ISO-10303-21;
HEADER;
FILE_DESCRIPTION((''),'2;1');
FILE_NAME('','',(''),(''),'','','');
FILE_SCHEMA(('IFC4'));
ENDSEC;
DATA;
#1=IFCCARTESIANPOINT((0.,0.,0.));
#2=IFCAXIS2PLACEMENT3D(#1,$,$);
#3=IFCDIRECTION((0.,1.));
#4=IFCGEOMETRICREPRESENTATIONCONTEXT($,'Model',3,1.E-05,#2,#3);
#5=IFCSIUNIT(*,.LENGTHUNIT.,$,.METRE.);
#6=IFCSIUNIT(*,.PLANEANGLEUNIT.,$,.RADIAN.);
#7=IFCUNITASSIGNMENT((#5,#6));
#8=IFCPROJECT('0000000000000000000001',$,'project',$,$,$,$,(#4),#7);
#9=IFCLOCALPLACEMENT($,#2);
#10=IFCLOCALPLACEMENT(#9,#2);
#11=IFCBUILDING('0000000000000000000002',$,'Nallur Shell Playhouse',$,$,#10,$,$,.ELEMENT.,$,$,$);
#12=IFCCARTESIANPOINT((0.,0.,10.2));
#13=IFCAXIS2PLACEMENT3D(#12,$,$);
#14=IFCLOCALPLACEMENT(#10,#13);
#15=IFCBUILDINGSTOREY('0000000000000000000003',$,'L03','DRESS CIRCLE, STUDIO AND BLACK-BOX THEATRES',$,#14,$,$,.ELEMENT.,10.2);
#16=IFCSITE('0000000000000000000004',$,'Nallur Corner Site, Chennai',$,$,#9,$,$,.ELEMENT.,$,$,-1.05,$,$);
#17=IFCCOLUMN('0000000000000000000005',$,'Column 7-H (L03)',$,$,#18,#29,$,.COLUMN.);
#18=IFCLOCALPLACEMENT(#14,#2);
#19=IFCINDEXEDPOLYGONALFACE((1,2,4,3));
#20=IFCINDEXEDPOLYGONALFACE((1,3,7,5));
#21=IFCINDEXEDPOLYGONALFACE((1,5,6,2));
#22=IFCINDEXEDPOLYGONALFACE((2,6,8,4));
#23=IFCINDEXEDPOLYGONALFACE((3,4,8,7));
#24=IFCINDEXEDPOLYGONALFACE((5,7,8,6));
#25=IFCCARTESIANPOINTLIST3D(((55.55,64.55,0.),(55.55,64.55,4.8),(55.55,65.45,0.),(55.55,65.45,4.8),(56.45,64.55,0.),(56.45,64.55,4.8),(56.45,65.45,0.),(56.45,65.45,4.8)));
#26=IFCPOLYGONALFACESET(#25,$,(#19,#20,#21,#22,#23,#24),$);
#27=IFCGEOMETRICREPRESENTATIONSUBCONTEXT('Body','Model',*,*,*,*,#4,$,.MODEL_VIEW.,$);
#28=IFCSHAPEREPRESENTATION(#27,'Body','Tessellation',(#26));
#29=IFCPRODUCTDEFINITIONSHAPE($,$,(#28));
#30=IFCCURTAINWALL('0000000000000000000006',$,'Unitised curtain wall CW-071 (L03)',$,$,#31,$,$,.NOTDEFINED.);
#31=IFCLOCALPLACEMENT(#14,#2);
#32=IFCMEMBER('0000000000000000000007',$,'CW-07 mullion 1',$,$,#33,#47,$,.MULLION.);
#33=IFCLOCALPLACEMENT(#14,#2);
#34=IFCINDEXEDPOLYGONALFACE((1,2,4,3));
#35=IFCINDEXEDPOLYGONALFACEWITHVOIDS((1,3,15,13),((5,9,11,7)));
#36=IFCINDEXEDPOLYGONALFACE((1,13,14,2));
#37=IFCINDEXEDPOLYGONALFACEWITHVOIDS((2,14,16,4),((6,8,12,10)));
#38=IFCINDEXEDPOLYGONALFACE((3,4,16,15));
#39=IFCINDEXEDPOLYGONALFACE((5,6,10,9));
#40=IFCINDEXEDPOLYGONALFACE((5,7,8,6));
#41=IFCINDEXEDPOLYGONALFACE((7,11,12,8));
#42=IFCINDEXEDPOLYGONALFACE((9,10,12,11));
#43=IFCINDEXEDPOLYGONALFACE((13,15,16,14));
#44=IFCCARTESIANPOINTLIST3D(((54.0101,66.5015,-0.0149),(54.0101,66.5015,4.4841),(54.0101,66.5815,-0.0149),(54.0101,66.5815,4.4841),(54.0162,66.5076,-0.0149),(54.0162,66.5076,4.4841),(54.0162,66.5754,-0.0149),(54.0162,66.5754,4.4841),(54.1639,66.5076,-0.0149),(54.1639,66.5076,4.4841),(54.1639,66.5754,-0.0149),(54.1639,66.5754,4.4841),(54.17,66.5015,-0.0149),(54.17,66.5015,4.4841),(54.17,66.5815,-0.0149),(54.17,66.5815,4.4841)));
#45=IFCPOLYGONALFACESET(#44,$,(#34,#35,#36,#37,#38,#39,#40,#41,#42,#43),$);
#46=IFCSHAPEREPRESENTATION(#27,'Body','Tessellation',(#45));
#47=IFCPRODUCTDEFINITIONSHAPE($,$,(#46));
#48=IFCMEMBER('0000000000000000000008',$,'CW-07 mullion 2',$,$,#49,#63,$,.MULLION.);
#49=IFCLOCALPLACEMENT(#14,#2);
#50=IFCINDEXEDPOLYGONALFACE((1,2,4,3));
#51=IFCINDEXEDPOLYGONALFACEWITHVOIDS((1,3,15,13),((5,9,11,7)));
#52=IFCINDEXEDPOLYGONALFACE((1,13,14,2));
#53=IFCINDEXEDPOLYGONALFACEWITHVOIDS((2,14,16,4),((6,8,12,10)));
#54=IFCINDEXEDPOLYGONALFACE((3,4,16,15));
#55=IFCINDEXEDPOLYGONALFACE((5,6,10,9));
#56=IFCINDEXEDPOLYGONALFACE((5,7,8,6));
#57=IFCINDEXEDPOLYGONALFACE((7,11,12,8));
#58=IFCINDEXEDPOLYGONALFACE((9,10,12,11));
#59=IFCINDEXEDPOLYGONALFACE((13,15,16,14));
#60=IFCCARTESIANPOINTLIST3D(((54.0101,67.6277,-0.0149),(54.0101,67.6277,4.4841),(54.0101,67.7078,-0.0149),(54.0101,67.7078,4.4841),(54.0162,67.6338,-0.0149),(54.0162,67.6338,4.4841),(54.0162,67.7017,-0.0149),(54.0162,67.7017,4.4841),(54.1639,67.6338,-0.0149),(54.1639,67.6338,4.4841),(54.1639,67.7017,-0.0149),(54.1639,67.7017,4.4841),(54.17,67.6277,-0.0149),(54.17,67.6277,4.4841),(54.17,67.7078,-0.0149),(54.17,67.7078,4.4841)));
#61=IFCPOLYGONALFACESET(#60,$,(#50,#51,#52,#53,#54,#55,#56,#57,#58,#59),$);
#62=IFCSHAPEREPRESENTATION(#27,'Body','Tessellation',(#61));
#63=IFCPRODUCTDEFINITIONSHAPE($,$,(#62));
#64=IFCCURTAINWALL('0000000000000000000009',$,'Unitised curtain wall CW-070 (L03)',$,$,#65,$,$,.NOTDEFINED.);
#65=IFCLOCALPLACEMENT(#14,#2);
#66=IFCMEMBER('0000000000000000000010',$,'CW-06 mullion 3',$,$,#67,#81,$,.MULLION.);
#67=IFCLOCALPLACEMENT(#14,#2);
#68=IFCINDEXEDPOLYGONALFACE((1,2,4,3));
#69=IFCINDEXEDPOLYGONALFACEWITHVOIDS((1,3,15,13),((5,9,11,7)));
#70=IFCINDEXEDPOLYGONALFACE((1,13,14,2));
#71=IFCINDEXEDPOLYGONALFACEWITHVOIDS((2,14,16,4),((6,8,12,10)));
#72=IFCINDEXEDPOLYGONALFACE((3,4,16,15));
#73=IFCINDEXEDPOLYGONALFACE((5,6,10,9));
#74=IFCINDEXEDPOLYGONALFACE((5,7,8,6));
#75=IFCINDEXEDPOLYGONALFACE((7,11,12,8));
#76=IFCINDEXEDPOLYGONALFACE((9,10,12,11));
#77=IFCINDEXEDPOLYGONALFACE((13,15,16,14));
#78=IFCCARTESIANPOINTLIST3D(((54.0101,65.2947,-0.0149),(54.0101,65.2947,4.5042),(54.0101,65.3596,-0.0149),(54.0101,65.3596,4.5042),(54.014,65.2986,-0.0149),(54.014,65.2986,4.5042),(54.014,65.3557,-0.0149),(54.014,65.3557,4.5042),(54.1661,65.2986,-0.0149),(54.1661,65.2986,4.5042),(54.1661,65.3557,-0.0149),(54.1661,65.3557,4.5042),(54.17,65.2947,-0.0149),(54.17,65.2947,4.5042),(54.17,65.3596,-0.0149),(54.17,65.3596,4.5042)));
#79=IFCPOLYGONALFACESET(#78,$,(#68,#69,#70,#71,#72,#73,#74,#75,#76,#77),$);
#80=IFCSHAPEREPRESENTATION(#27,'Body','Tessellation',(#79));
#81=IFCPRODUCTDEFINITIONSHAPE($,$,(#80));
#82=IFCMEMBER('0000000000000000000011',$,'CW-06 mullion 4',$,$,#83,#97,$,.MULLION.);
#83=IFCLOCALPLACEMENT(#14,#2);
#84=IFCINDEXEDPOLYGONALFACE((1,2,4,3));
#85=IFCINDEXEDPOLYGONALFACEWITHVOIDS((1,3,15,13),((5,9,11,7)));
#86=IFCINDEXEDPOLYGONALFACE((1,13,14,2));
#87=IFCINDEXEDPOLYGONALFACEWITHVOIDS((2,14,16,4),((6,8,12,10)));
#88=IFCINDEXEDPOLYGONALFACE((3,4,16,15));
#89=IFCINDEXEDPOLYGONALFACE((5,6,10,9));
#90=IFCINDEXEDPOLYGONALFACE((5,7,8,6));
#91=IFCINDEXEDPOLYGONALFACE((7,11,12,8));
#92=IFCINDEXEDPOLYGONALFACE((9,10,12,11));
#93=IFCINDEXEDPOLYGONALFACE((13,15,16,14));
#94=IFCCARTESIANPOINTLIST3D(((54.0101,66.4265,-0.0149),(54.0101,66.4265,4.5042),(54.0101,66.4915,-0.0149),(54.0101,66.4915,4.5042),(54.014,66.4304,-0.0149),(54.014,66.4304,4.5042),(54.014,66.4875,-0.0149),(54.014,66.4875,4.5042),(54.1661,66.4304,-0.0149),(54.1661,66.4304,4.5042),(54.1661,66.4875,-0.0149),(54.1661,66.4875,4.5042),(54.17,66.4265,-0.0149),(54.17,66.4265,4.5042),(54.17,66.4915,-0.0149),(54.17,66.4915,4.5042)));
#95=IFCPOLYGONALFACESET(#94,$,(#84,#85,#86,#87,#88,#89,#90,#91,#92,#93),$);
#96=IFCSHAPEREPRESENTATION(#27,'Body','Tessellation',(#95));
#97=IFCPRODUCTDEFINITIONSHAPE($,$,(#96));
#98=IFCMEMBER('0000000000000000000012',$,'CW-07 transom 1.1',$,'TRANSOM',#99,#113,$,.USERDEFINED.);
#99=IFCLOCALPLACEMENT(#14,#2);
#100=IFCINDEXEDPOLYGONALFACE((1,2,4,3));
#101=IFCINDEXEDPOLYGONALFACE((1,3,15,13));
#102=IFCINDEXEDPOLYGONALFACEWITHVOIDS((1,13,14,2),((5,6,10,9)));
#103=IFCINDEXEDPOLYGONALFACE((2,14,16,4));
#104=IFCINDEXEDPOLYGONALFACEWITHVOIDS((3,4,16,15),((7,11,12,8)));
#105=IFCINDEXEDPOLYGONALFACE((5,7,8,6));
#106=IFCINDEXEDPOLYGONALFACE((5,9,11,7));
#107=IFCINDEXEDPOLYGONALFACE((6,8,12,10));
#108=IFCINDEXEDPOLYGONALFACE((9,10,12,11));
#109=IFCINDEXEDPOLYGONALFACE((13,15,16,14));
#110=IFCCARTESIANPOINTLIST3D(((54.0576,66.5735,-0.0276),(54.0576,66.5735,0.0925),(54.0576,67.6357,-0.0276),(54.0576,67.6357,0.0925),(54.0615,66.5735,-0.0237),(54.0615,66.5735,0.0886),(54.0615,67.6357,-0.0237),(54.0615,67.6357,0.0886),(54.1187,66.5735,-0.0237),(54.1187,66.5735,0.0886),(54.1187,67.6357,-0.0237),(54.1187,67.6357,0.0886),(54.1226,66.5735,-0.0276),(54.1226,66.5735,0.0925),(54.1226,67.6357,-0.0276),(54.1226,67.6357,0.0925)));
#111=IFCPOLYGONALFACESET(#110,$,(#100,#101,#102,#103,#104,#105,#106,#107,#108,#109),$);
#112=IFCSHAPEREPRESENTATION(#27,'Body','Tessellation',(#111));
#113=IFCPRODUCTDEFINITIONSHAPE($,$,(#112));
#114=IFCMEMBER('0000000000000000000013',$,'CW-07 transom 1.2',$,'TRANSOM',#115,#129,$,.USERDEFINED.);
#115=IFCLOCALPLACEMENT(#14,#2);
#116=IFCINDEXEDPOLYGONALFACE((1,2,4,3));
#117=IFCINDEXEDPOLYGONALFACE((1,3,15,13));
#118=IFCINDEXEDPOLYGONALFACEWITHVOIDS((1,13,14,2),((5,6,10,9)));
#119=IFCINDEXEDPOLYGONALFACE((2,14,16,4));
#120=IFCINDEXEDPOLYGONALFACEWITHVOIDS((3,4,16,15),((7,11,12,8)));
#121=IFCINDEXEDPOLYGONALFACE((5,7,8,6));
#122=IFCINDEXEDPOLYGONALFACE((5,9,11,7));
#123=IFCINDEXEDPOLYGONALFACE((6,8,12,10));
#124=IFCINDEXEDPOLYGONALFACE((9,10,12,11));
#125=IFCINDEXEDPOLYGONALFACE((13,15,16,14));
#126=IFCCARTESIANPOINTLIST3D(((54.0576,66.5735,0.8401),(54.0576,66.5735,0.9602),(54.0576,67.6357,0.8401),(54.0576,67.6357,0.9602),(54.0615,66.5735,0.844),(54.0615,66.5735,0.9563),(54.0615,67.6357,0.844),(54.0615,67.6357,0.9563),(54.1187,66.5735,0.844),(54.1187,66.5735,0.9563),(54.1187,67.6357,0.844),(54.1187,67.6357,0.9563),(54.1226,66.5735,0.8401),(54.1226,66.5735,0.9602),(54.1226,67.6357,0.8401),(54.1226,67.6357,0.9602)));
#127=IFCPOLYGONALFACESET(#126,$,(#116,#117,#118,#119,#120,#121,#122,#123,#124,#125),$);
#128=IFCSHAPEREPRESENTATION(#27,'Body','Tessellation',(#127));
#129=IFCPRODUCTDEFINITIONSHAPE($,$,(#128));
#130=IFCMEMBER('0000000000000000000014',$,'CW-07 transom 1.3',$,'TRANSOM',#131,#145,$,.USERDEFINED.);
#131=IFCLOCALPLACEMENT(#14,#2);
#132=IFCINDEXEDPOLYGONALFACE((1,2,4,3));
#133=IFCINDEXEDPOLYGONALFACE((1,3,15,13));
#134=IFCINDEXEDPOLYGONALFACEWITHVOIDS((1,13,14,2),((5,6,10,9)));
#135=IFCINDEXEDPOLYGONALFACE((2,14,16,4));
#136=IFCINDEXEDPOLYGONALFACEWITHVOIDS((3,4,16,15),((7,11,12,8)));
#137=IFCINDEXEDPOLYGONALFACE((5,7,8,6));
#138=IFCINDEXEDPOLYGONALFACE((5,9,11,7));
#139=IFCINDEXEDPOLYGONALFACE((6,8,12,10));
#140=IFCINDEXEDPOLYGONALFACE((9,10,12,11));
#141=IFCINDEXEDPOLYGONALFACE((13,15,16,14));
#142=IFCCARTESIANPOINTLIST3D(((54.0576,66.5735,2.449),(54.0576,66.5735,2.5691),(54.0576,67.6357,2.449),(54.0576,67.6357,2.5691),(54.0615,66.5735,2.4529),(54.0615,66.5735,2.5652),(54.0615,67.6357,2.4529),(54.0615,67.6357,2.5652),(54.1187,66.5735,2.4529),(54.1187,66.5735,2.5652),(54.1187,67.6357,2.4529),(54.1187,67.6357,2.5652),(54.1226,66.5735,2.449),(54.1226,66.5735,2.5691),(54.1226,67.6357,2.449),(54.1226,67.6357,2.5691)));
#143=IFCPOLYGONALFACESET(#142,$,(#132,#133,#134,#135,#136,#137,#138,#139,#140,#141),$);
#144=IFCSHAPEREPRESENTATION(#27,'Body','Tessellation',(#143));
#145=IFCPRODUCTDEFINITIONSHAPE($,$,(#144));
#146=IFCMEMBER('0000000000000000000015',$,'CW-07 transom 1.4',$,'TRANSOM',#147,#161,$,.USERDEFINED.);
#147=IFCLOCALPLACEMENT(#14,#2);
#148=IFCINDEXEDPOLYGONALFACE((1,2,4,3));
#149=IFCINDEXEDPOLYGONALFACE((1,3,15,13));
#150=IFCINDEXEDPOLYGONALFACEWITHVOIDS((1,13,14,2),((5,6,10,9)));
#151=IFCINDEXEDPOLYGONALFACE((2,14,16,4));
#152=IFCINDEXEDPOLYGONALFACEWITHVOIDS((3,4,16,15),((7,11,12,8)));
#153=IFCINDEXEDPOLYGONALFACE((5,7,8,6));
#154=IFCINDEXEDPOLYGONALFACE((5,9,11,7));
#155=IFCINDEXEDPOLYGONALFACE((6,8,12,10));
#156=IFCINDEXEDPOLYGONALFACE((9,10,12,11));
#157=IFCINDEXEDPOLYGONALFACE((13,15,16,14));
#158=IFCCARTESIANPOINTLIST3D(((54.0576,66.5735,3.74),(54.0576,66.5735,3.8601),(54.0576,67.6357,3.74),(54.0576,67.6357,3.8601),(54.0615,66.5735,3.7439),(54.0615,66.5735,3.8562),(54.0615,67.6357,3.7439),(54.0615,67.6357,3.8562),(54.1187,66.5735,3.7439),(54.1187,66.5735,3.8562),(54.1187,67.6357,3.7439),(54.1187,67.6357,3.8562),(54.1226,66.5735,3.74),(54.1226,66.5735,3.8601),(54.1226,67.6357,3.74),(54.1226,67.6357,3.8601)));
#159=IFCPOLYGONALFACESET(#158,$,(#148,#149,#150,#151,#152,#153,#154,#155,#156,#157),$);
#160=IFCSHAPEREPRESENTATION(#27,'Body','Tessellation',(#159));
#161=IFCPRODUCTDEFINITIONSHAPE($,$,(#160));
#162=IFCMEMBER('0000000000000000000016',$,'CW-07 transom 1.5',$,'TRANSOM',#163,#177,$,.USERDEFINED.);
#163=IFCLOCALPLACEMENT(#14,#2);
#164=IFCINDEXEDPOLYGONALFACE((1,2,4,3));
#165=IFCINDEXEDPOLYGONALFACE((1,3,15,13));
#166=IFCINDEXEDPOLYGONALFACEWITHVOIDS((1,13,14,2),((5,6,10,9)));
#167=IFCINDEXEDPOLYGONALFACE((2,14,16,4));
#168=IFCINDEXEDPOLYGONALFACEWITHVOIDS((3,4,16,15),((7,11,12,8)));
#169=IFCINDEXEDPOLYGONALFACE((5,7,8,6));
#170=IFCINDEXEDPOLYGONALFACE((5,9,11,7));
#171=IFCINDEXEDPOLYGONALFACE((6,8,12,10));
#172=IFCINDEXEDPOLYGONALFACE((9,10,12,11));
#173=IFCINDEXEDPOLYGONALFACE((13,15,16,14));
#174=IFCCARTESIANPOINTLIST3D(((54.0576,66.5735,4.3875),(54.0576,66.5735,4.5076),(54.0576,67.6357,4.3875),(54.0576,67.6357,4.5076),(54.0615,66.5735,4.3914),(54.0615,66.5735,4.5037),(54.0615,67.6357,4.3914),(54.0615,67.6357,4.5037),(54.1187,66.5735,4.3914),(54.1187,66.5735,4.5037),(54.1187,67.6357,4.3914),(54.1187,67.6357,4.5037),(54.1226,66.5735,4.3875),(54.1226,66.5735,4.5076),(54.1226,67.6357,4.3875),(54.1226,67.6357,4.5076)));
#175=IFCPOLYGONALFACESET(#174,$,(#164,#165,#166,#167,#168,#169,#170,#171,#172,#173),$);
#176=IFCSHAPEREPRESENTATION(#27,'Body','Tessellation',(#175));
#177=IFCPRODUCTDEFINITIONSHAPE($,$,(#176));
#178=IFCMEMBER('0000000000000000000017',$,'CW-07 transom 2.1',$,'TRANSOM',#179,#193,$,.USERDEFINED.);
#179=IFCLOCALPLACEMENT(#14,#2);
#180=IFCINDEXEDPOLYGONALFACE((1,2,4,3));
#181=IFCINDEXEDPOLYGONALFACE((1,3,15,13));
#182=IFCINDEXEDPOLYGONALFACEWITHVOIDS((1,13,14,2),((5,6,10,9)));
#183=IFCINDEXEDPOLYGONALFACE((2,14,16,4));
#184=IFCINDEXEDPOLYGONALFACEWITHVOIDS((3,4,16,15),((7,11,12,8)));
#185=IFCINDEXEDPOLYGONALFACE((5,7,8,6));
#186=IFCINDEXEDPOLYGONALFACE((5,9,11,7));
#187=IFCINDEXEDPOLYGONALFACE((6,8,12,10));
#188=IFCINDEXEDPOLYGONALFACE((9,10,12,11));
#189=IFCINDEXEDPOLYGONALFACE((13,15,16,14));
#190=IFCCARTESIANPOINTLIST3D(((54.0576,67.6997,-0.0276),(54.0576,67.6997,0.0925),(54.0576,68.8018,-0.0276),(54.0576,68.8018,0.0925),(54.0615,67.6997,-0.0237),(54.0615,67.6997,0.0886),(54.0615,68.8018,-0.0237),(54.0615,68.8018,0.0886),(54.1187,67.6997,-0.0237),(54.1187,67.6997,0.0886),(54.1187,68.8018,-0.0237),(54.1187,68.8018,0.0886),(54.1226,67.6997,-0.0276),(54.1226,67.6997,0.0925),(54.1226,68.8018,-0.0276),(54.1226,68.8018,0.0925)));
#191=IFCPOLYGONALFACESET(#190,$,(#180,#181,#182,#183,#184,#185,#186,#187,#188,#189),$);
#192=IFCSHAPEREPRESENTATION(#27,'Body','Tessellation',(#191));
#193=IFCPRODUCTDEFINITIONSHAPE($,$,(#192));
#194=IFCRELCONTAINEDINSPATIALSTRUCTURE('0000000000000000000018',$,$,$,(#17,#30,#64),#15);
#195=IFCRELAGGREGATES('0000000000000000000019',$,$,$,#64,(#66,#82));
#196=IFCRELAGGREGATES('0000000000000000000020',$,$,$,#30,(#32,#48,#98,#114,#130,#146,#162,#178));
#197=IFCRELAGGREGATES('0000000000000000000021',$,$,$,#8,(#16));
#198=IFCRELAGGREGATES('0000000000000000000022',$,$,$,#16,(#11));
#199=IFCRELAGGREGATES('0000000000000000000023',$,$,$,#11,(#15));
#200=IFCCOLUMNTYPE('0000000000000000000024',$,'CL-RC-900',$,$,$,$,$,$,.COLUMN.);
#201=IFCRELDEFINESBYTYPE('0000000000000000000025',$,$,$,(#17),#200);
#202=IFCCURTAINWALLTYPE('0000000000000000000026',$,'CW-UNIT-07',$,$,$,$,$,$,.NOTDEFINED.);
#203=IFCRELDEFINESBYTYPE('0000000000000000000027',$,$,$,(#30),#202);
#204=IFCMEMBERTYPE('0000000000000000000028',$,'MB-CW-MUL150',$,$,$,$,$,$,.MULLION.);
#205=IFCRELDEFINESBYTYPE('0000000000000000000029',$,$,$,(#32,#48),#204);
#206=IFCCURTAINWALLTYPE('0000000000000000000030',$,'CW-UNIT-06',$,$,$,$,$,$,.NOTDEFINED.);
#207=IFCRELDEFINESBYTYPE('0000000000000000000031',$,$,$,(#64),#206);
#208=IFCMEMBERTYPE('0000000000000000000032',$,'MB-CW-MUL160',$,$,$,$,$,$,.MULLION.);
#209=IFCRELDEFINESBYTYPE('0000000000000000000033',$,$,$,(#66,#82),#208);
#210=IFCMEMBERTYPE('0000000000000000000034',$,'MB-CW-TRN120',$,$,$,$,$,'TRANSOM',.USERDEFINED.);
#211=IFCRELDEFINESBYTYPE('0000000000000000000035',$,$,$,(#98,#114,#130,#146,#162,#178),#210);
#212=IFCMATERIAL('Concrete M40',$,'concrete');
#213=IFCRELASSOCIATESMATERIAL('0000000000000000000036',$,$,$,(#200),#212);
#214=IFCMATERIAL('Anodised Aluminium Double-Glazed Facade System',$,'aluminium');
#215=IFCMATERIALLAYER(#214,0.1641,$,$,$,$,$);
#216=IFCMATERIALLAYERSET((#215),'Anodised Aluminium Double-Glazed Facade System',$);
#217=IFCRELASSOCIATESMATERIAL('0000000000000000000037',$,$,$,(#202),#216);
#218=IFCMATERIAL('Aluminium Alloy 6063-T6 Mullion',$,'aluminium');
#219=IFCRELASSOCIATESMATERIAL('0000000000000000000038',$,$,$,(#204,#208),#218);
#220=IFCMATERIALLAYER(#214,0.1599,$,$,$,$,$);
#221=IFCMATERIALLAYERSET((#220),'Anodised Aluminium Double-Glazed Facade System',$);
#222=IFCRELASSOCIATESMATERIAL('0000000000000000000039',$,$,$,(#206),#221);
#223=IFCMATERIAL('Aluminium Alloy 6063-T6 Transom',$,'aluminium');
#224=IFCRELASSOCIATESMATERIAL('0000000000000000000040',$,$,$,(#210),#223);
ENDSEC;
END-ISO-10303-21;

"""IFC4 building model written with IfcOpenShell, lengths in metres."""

from ifc_helpers import new_model, si_unit, direction, frame, origin, origin_2d, place, context, subcontext, project, spatial, rectangle, hollow_rectangle, extrude, material, layer, layer_set, material_profile, profile_set, type_object, element, aggregate, save


model = new_model("IFC4")

# Units and contexts
model_context = context("Model", 3, precision=1e-05, world=origin(), true_north=direction((0.0, 1.0)))
body_context = subcontext(model_context, "Body", "Model", "MODEL_VIEW")
ifc_project = project(units=[si_unit("LENGTHUNIT", "METRE"), si_unit("PLANEANGLEUNIT", "RADIAN")], contexts=[model_context])

# Site, building, storey
site_placement = place(None, origin())
site = spatial("IfcSite", under=ifc_project, at=site_placement, Name="Nallur Corner Site, Chennai", CompositionType="ELEMENT", RefElevation=-1.05)
building_placement = place(site_placement, origin())
building = spatial("IfcBuilding", under=site, at=building_placement, Name="Nallur Shell Playhouse", CompositionType="ELEMENT")
storey_placement = place(building_placement, frame((0.0, 0.0, 10.2)))
storey = spatial("IfcBuildingStorey", under=building, at=storey_placement, Name="L03", Description="DRESS CIRCLE, STUDIO AND BLACK-BOX THEATRES", CompositionType="ELEMENT", Elevation=10.2)

# Column
ifc_material_1 = material(Name="Concrete M40", Category="concrete")
ifc_material_profile_1 = material_profile(ifc_material_1, rectangle(XDim=0.8999, YDim=0.8999, at=origin_2d()), Name="RC 900x900")
ifc_profile_set_1 = profile_set([ifc_material_profile_1], Name="Concrete M40")
column_type = type_object("IfcColumnType", Name="CL-RC-900", PredefinedType="COLUMN", material=ifc_profile_set_1)
column_placement = place(storey_placement, frame((56.0, 65.0, 0.0), z_axis=(0.0, 0.0, 1.0), x_axis=(1.0, 0.0, 0.0)))
element("IfcColumn", 1, at=column_placement, inside=storey, type_object=column_type, Name="Column 7-H (L03)", PredefinedType="COLUMN", context=body_context, shape_type="SweptSolid", body=[
    extrude(rectangle(XDim=0.8999, YDim=0.8999, at=origin_2d()), origin(), (0.0, 0.0, 1.0), 4.8),
])

# Curtain walls, members
ifc_material_2 = material(Name="Anodised Aluminium Double-Glazed Facade System", Category="aluminium")
ifc_layer_1 = layer(ifc_material_2, 0.1641)
ifc_layer_set_1 = layer_set([ifc_layer_1], Name="Anodised Aluminium Double-Glazed Facade System")
curtain_wall_type_1 = type_object("IfcCurtainWallType", Name="CW-UNIT-07", PredefinedType="NOTDEFINED", material=ifc_layer_set_1)
curtain_wall_1_placement = place(storey_placement, origin())
curtain_wall_1 = element("IfcCurtainWall", 2, at=curtain_wall_1_placement, inside=storey, type_object=curtain_wall_type_1, Name="Unitised curtain wall CW-071 (L03)", PredefinedType="NOTDEFINED")
ifc_material_3 = material(Name="Aluminium Alloy 6063-T6 Mullion", Category="aluminium")
ifc_material_profile_2 = material_profile(ifc_material_3, hollow_rectangle(XDim=0.0801, YDim=0.1599, WallThickness=0.0061, at=origin_2d()), Name="RHS 160x80x6")
ifc_profile_set_2 = profile_set([ifc_material_profile_2], Name="Aluminium Alloy 6063-T6 Mullion")
member_type_1 = type_object("IfcMemberType", Name="MB-CW-MUL150", PredefinedType="MULLION", material=ifc_profile_set_2)
member_1_placement = place(storey_placement, frame((54.0901, 66.5415, -0.0149), z_axis=(0.0, 0.0, 1.0), x_axis=(0.0, 1.0, 0.0)))
member_1 = element("IfcMember", 3, at=member_1_placement, type_object=member_type_1, Name="CW-07 mullion 1", PredefinedType="MULLION", context=body_context, shape_type="SweptSolid", body=[
    extrude(hollow_rectangle(XDim=0.0801, YDim=0.1599, WallThickness=0.0061, at=origin_2d()), origin(), (0.0, 0.0, 1.0), 4.499),
])
member_2_placement = place(storey_placement, frame((54.0901, 67.6677, -0.0149), z_axis=(0.0, 0.0, 1.0), x_axis=(0.0, 1.0, 0.0)))
member_2 = element("IfcMember", 4, at=member_2_placement, type_object=member_type_1, Name="CW-07 mullion 2", PredefinedType="MULLION", context=body_context, shape_type="SweptSolid", body=[
    extrude(hollow_rectangle(XDim=0.0801, YDim=0.1599, WallThickness=0.0061, at=origin_2d()), origin(), (0.0, 0.0, 1.0), 4.499),
])
ifc_layer_2 = layer(ifc_material_2, 0.1599)
ifc_layer_set_2 = layer_set([ifc_layer_2], Name="Anodised Aluminium Double-Glazed Facade System")
curtain_wall_type_2 = type_object("IfcCurtainWallType", Name="CW-UNIT-06", PredefinedType="NOTDEFINED", material=ifc_layer_set_2)
curtain_wall_2_placement = place(storey_placement, origin())
curtain_wall_2 = element("IfcCurtainWall", 5, at=curtain_wall_2_placement, inside=storey, type_object=curtain_wall_type_2, Name="Unitised curtain wall CW-070 (L03)", PredefinedType="NOTDEFINED")
ifc_material_profile_3 = material_profile(ifc_material_3, hollow_rectangle(XDim=0.0649, YDim=0.1599, WallThickness=0.0039, at=origin_2d()), Name="ALU 65x160x4")
ifc_profile_set_3 = profile_set([ifc_material_profile_3], Name="Aluminium Alloy 6063-T6 Mullion")
member_type_2 = type_object("IfcMemberType", Name="MB-CW-MUL160", PredefinedType="MULLION", material=ifc_profile_set_3)
member_3_placement = place(storey_placement, frame((54.0901, 65.3271, -0.0149), z_axis=(0.0, 0.0, 1.0), x_axis=(0.0, 1.0, 0.0)))
member_3 = element("IfcMember", 6, at=member_3_placement, type_object=member_type_2, Name="CW-06 mullion 3", PredefinedType="MULLION", context=body_context, shape_type="SweptSolid", body=[
    extrude(hollow_rectangle(XDim=0.0649, YDim=0.1599, WallThickness=0.0039, at=origin_2d()), origin(), (0.0, 0.0, 1.0), 4.519),
])
member_4_placement = place(storey_placement, frame((54.0901, 66.459, -0.0149), z_axis=(0.0, 0.0, 1.0), x_axis=(0.0, 1.0, 0.0)))
member_4 = element("IfcMember", 7, at=member_4_placement, type_object=member_type_2, Name="CW-06 mullion 4", PredefinedType="MULLION", context=body_context, shape_type="SweptSolid", body=[
    extrude(hollow_rectangle(XDim=0.0649, YDim=0.1599, WallThickness=0.0039, at=origin_2d()), origin(), (0.0, 0.0, 1.0), 4.519),
])

# Members
ifc_material_4 = material(Name="Aluminium Alloy 6063-T6 Transom", Category="aluminium")
ifc_material_profile_4 = material_profile(ifc_material_4, hollow_rectangle(XDim=0.0649, YDim=0.1201, WallThickness=0.0039, at=origin_2d()), Name="ALU 65x120x4")
ifc_profile_set_4 = profile_set([ifc_material_profile_4], Name="Aluminium Alloy 6063-T6 Transom")
member_type_3 = type_object("IfcMemberType", Name="MB-CW-TRN120", ElementType="TRANSOM", PredefinedType="USERDEFINED", material=ifc_profile_set_4)
member_5_placement = place(storey_placement, frame((54.0901, 66.5735, 0.0325), z_axis=(0.0, 1.0, 0.0), x_axis=(-1.0, 0.0, 0.0)))
member_5 = element("IfcMember", 8, at=member_5_placement, type_object=member_type_3, Name="CW-07 transom 1.1", ObjectType="TRANSOM", PredefinedType="USERDEFINED", context=body_context, shape_type="SweptSolid", body=[
    extrude(hollow_rectangle(XDim=0.0649, YDim=0.1201, WallThickness=0.0039, at=origin_2d()), origin(), (0.0, 0.0, 1.0), 1.0623),
])
member_6_placement = place(storey_placement, frame((54.0901, 66.5735, 0.9001), z_axis=(0.0, 1.0, 0.0), x_axis=(-1.0, 0.0, 0.0)))
member_6 = element("IfcMember", 9, at=member_6_placement, type_object=member_type_3, Name="CW-07 transom 1.2", ObjectType="TRANSOM", PredefinedType="USERDEFINED", context=body_context, shape_type="SweptSolid", body=[
    extrude(hollow_rectangle(XDim=0.0649, YDim=0.1201, WallThickness=0.0039, at=origin_2d()), origin(), (0.0, 0.0, 1.0), 1.0623),
])
member_7_placement = place(storey_placement, frame((54.0901, 66.5735, 2.509), z_axis=(0.0, 1.0, 0.0), x_axis=(-1.0, 0.0, 0.0)))
member_7 = element("IfcMember", 10, at=member_7_placement, type_object=member_type_3, Name="CW-07 transom 1.3", ObjectType="TRANSOM", PredefinedType="USERDEFINED", context=body_context, shape_type="SweptSolid", body=[
    extrude(hollow_rectangle(XDim=0.0649, YDim=0.1201, WallThickness=0.0039, at=origin_2d()), origin(), (0.0, 0.0, 1.0), 1.0623),
])
member_8_placement = place(storey_placement, frame((54.0901, 66.5735, 3.8), z_axis=(0.0, 1.0, 0.0), x_axis=(-1.0, 0.0, 0.0)))
member_8 = element("IfcMember", 11, at=member_8_placement, type_object=member_type_3, Name="CW-07 transom 1.4", ObjectType="TRANSOM", PredefinedType="USERDEFINED", context=body_context, shape_type="SweptSolid", body=[
    extrude(hollow_rectangle(XDim=0.0649, YDim=0.1201, WallThickness=0.0039, at=origin_2d()), origin(), (0.0, 0.0, 1.0), 1.0623),
])
member_9_placement = place(storey_placement, frame((54.0901, 66.5735, 4.4475), z_axis=(0.0, 1.0, 0.0), x_axis=(-1.0, 0.0, 0.0)))
member_9 = element("IfcMember", 12, at=member_9_placement, type_object=member_type_3, Name="CW-07 transom 1.5", ObjectType="TRANSOM", PredefinedType="USERDEFINED", context=body_context, shape_type="SweptSolid", body=[
    extrude(hollow_rectangle(XDim=0.0649, YDim=0.1201, WallThickness=0.0039, at=origin_2d()), origin(), (0.0, 0.0, 1.0), 1.0623),
])
member_10_placement = place(storey_placement, frame((54.0901, 67.6997, 0.0325), z_axis=(0.0, 1.0, 0.0), x_axis=(-1.0, 0.0, 0.0)))
member_10 = element("IfcMember", 13, at=member_10_placement, type_object=member_type_3, Name="CW-07 transom 2.1", ObjectType="TRANSOM", PredefinedType="USERDEFINED", context=body_context, shape_type="SweptSolid", body=[
    extrude(hollow_rectangle(XDim=0.0649, YDim=0.1201, WallThickness=0.0039, at=origin_2d()), origin(), (0.0, 0.0, 1.0), 1.1021),
])

aggregate(curtain_wall_2, [member_3, member_4])
aggregate(curtain_wall_1, [member_1, member_2, member_5, member_6, member_7, member_8, member_9, member_10])

save(model, "model.ifc")
